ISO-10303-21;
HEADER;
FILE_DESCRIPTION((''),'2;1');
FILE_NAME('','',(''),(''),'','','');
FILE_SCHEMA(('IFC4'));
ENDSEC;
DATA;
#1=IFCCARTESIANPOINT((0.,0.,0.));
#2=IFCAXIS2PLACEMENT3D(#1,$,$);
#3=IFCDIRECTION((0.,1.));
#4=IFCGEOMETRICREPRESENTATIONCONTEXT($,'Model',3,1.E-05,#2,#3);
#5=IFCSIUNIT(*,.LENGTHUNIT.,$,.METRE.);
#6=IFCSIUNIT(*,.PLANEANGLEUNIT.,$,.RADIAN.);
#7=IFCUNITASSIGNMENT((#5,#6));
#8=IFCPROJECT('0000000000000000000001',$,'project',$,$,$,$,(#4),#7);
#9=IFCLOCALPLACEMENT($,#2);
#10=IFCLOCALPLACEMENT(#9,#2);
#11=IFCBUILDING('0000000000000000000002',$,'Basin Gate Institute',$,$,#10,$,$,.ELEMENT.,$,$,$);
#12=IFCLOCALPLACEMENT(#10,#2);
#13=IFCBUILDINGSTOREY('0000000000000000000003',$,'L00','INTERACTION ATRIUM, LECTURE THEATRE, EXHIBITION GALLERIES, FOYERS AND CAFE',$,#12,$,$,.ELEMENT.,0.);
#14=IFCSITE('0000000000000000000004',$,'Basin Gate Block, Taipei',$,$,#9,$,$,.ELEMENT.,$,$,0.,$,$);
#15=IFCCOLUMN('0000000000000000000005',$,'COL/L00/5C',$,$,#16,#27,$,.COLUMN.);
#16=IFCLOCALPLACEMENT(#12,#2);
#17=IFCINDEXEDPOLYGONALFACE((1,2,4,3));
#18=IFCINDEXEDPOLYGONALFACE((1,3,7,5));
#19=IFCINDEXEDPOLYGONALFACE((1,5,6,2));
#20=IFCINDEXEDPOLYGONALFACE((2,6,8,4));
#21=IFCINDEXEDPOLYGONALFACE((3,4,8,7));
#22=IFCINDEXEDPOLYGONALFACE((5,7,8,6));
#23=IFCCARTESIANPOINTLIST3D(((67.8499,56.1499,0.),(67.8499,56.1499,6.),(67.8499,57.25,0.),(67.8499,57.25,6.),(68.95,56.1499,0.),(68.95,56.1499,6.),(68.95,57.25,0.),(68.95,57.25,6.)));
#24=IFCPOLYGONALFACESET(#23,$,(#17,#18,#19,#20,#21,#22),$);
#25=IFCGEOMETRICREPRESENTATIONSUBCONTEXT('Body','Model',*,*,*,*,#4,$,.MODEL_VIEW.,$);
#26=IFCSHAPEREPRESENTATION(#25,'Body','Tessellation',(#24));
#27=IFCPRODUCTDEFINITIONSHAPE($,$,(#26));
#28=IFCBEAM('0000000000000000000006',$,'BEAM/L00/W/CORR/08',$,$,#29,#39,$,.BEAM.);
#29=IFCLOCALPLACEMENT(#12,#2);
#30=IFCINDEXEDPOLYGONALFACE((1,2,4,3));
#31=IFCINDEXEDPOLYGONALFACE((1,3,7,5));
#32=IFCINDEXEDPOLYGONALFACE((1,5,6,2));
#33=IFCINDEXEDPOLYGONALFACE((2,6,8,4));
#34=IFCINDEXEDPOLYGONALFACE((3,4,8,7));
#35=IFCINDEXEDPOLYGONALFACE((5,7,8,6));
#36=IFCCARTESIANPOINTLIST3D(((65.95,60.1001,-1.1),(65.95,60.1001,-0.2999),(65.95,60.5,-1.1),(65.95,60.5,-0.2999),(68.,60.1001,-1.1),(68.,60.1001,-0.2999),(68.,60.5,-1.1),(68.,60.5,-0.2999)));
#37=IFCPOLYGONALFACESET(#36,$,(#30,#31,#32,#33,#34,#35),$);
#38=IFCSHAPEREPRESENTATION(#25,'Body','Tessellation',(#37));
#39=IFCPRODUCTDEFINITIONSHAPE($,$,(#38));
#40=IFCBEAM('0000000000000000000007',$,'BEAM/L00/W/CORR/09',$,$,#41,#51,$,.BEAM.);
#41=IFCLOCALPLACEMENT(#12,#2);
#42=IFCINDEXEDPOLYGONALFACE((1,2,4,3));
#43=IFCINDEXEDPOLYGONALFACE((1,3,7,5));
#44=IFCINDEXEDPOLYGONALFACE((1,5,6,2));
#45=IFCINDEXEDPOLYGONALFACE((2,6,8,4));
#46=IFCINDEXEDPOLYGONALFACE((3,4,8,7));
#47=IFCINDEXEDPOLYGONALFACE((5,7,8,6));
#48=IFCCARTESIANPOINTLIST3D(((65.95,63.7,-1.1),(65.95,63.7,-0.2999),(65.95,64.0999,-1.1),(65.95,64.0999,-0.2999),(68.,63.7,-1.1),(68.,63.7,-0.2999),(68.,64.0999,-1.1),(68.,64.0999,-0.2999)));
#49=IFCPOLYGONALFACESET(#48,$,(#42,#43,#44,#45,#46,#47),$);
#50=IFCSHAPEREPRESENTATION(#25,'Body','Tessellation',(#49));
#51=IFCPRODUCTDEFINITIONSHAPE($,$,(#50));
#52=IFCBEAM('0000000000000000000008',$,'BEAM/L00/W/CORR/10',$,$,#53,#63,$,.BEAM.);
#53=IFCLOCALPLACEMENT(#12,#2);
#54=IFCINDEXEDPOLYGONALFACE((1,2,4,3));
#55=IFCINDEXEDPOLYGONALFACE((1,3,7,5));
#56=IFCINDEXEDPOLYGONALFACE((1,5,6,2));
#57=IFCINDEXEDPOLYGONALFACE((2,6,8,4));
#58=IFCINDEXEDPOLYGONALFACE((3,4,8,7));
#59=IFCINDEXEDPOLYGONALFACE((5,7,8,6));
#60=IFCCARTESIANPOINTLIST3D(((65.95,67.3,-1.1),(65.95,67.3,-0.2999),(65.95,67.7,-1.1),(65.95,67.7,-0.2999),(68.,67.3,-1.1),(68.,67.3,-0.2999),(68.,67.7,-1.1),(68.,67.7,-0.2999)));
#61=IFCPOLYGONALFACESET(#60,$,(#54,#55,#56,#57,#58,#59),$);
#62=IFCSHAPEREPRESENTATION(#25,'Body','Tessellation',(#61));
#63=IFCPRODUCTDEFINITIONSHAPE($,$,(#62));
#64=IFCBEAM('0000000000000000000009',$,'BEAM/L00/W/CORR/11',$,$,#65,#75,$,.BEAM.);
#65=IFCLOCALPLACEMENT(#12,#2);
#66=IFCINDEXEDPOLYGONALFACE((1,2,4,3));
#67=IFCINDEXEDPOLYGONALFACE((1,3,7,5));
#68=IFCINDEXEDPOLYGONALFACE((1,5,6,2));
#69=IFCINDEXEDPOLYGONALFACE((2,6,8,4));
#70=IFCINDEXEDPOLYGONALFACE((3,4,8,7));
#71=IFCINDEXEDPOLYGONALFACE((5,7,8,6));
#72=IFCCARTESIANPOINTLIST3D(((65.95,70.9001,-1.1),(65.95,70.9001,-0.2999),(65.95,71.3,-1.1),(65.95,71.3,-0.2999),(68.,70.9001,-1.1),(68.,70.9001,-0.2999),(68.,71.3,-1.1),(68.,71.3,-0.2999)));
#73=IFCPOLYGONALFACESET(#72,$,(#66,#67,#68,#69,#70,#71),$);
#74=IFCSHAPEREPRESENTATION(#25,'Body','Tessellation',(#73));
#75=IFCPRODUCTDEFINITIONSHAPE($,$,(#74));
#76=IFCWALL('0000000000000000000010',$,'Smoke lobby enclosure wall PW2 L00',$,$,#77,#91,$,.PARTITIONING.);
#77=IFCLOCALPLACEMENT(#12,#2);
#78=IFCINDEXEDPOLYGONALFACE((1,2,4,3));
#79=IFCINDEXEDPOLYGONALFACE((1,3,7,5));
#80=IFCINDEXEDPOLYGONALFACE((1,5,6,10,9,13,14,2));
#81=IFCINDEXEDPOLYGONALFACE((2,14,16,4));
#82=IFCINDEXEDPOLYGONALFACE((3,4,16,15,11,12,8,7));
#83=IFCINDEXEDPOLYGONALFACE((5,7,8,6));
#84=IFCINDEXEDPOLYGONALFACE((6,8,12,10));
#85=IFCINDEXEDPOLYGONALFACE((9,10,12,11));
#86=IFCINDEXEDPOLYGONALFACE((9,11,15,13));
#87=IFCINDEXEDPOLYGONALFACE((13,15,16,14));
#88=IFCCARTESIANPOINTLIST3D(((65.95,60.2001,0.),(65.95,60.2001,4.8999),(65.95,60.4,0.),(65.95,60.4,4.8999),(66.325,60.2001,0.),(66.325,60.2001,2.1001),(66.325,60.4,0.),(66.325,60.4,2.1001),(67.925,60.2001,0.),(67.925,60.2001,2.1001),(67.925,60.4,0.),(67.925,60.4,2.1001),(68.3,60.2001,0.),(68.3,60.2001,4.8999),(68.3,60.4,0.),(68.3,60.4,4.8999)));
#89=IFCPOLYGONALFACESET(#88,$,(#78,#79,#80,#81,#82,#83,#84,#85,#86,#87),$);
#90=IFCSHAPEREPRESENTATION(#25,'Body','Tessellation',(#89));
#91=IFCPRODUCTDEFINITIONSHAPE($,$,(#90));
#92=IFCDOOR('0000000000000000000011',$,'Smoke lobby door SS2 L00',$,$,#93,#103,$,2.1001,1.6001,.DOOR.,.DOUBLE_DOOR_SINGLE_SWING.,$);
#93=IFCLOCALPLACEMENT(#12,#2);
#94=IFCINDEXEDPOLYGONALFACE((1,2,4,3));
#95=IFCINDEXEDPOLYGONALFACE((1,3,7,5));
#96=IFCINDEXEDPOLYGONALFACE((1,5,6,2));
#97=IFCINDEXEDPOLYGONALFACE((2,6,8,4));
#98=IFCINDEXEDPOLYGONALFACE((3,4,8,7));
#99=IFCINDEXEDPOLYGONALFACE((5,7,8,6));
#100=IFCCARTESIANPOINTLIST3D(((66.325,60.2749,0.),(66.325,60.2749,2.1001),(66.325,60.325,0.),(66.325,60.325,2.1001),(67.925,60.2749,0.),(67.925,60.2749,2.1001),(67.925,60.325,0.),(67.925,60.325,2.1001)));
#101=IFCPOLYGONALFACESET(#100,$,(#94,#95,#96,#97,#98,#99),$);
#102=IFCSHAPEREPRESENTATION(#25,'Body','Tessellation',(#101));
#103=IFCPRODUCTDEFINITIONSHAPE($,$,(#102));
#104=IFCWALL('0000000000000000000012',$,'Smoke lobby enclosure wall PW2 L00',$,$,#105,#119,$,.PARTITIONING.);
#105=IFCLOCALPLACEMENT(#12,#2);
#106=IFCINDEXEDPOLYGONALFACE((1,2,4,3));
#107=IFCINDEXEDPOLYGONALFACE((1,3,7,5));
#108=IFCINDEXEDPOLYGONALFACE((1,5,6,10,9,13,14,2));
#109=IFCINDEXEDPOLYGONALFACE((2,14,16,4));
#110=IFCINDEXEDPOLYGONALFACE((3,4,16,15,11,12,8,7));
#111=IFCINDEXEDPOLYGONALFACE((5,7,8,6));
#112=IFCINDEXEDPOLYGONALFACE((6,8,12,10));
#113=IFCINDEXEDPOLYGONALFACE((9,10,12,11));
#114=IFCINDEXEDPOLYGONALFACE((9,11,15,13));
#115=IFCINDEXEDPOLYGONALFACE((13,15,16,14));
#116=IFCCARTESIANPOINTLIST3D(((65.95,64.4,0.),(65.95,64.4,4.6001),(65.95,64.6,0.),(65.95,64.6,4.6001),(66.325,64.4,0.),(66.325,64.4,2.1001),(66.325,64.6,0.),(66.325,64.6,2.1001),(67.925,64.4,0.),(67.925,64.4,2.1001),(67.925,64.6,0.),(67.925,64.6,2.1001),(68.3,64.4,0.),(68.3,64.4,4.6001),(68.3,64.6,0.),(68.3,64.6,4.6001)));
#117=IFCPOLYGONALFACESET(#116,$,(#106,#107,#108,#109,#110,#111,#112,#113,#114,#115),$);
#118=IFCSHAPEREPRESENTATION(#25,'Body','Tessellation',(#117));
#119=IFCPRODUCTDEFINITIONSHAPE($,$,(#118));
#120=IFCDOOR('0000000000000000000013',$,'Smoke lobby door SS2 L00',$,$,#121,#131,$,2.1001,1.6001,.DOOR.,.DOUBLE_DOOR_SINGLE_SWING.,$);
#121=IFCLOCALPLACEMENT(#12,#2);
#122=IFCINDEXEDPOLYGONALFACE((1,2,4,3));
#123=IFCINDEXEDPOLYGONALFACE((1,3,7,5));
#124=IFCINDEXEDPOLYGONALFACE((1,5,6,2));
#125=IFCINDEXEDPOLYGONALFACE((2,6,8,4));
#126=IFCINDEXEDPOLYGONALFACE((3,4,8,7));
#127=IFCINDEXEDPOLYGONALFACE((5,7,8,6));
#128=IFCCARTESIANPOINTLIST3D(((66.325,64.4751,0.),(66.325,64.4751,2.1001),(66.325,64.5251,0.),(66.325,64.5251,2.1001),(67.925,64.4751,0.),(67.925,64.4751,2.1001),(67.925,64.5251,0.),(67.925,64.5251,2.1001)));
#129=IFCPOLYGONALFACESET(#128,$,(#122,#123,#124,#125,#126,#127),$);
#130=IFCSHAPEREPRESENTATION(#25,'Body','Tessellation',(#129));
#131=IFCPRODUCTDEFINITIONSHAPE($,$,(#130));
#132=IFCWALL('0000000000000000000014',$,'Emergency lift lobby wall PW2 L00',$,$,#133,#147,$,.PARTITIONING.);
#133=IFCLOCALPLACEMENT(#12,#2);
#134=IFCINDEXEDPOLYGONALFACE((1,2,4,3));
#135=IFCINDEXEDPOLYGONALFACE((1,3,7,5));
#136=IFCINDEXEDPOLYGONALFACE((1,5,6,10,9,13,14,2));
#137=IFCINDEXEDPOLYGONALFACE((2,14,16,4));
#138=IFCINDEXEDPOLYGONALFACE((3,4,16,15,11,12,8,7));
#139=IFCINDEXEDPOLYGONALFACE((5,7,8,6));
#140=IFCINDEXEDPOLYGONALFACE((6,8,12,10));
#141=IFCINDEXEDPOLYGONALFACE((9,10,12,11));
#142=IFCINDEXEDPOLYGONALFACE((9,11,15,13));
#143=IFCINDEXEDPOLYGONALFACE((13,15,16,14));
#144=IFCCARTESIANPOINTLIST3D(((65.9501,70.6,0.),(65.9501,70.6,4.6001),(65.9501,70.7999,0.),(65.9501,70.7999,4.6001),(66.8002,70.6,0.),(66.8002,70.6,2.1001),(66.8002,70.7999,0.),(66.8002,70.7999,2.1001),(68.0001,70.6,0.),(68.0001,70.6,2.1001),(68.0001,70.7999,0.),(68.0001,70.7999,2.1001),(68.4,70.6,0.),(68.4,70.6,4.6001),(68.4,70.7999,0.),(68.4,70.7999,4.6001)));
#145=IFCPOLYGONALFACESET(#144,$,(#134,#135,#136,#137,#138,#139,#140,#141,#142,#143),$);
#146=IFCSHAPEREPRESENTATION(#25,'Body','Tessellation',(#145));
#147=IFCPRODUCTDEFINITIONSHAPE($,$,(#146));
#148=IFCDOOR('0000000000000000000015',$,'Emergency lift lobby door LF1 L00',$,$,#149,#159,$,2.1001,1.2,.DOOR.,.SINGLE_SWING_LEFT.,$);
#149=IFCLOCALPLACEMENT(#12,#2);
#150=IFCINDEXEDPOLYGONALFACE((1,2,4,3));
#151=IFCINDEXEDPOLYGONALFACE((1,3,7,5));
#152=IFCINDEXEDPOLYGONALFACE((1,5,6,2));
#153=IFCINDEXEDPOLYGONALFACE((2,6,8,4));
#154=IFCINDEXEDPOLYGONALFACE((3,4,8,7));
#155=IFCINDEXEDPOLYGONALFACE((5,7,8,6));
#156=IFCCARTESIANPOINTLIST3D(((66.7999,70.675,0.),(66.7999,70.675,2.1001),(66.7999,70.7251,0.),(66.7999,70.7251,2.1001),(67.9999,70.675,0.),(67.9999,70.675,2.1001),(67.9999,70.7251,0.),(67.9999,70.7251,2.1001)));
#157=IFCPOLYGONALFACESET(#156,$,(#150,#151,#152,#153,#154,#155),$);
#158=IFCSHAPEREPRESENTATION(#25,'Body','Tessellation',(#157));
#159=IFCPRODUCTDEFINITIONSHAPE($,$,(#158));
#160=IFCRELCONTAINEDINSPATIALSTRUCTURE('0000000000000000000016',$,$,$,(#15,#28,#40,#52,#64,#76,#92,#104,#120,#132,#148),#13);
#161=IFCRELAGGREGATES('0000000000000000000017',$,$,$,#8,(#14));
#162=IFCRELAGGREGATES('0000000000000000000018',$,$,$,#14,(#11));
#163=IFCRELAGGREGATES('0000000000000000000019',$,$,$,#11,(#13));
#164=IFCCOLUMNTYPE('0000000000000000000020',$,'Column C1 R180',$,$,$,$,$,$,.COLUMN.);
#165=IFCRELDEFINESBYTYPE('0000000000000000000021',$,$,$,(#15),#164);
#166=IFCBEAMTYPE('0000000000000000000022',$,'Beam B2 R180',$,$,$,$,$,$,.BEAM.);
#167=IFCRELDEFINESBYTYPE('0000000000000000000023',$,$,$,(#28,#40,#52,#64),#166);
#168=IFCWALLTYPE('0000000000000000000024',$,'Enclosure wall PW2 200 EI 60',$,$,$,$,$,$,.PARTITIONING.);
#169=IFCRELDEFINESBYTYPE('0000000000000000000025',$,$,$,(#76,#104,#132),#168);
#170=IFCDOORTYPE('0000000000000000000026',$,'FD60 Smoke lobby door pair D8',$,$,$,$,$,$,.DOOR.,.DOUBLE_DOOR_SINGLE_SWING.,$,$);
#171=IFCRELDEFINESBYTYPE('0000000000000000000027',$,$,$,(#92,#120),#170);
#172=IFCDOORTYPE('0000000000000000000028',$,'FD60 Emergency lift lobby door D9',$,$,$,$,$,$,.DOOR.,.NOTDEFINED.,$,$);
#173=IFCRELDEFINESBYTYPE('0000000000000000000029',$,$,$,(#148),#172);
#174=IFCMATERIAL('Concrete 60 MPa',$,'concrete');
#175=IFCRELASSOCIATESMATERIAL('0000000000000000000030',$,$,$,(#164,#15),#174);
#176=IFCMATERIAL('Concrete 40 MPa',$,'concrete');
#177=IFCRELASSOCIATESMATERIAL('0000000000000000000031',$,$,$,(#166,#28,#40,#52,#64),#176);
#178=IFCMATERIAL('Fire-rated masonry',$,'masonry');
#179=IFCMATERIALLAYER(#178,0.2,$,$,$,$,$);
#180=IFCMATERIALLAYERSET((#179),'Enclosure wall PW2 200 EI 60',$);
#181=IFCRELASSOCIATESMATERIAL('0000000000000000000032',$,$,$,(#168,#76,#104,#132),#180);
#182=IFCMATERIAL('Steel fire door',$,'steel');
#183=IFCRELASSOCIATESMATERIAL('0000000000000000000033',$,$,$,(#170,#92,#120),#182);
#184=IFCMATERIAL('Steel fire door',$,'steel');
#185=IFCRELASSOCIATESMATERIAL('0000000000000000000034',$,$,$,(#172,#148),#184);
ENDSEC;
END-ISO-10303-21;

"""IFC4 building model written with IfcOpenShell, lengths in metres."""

from ifc_helpers import new_model, si_unit, direction, frame, frame_2d, origin, origin_2d, place, context, subcontext, project, spatial, rectangle, extrude, material, layer, layer_set, material_profile, profile_set, type_object, element, fill, save


model = new_model("IFC4")

# Units and contexts
model_context = context("Model", 3, precision=1e-05, world=origin(), true_north=direction((0.0, 1.0)))
body_context = subcontext(model_context, "Body", "Model", "MODEL_VIEW")
ifc_project = project(units=[si_unit("LENGTHUNIT", "METRE"), si_unit("PLANEANGLEUNIT", "RADIAN")], contexts=[model_context])

# Site, building, storey
site_placement = place(None, origin())
site = spatial("IfcSite", under=ifc_project, at=site_placement, Name="Basin Gate Block, Taipei", CompositionType="ELEMENT", RefElevation=0.0)
building_placement = place(site_placement, origin())
building = spatial("IfcBuilding", under=site, at=building_placement, Name="Basin Gate Institute", CompositionType="ELEMENT")
storey_placement = place(building_placement, origin())
storey = spatial("IfcBuildingStorey", under=building, at=storey_placement, Name="L00", Description="INTERACTION ATRIUM, LECTURE THEATRE, EXHIBITION GALLERIES, FOYERS AND CAFE", CompositionType="ELEMENT", Elevation=0.0)

# Column
ifc_material_1 = material(Name="Concrete 60 MPa", Category="concrete")
ifc_material_profile_1 = material_profile(ifc_material_1, rectangle(XDim=1.1001, YDim=1.1001, at=origin_2d()), Name="Column C1 1100 x 1100")
ifc_profile_set_1 = profile_set([ifc_material_profile_1], Name="Concrete 60 MPa")
column_type = type_object("IfcColumnType", Name="Column C1 R180", PredefinedType="COLUMN", material=ifc_profile_set_1)
column_placement = place(storey_placement, frame((68.3999, 56.7, 0.0), z_axis=(0.0, 0.0, 1.0), x_axis=(1.0, 0.0, 0.0)))
element("IfcColumn", 1, at=column_placement, inside=storey, type_object=column_type, material=ifc_profile_set_1, Name="COL/L00/5C", PredefinedType="COLUMN", context=body_context, shape_type="SweptSolid", body=[
    extrude(rectangle(XDim=1.1001, YDim=1.1001, at=origin_2d()), origin(), (0.0, 0.0, 1.0), 6.0),
])

# Beams
ifc_material_2 = material(Name="Concrete 40 MPa", Category="concrete")
ifc_material_profile_2 = material_profile(ifc_material_2, rectangle(XDim=0.3999, YDim=0.8, at=origin_2d()), Name="Beam B2 400 x 800")
ifc_profile_set_2 = profile_set([ifc_material_profile_2], Name="Concrete 40 MPa")
beam_type = type_object("IfcBeamType", Name="Beam B2 R180", PredefinedType="BEAM", material=ifc_profile_set_2)
for number, where, z_axis, x_axis, name in (
    (2, (65.95, 60.3, -0.7), (1.0, 0.0, 0.0), (0.0, 1.0, 0.0), "BEAM/L00/W/CORR/08"),
    (3, (65.95, 63.8999, -0.7), (1.0, 0.0, 0.0), (0.0, 1.0, 0.0), "BEAM/L00/W/CORR/09"),
    (4, (65.95, 67.5, -0.7), (1.0, 0.0, 0.0), (0.0, 1.0, 0.0), "BEAM/L00/W/CORR/10"),
    (5, (65.95, 71.1001, -0.7), (1.0, 0.0, 0.0), (0.0, 1.0, 0.0), "BEAM/L00/W/CORR/11"),
):
    element("IfcBeam", number, at=place(storey_placement, frame(where, z_axis=z_axis, x_axis=x_axis)), inside=storey, type_object=beam_type, material=ifc_profile_set_2, Name=name, PredefinedType="BEAM", context=body_context, shape_type="SweptSolid", body=[
        extrude(rectangle(XDim=0.3999, YDim=0.8, at=origin_2d()), origin(), (0.0, 0.0, 1.0), 2.05),
    ])

# Walls, openings, doors
ifc_material_3 = material(Name="Fire-rated masonry", Category="masonry")
ifc_layer_1 = layer(ifc_material_3, 0.2)
ifc_layer_set_1 = layer_set([ifc_layer_1], Name="Enclosure wall PW2 200 EI 60")
wall_type_1 = type_object("IfcWallType", Name="Enclosure wall PW2 200 EI 60", PredefinedType="PARTITIONING", material=ifc_layer_set_1)
wall_1_placement = place(storey_placement, frame((65.95, 60.3, 0.0), z_axis=(0.0, 0.0, 1.0), x_axis=(1.0, 0.0, 0.0)))
wall_1 = element("IfcWall", 6, at=wall_1_placement, inside=storey, type_object=wall_type_1, material=ifc_layer_set_1, Name="Smoke lobby enclosure wall PW2 L00", PredefinedType="PARTITIONING", context=body_context, shape_type="SweptSolid", body=[
    extrude(rectangle(XDim=2.3501, YDim=0.2, at=frame_2d((1.175, 0.0))), origin(), (0.0, 0.0, 1.0), 4.8999),
])
opening_1_placement = place(wall_1_placement, frame((0.375, 0.0, 0.0)))
opening_1 = element("IfcOpeningElement", 7, at=opening_1_placement, cuts=wall_1, PredefinedType="OPENING", context=body_context, shape_type="SweptSolid", body=[
    extrude(rectangle(XDim=1.6001, YDim=2.1001, at=frame_2d((0.8, 1.05))), frame((0.0, 0.1099, 0.0), z_axis=(0.0, -1.0, 0.0), x_axis=(1.0, 0.0, 0.0)), (0.0, 0.0, 1.0), 0.22),
])
ifc_material_4 = material(Name="Steel fire door", Category="steel")
door_type_1 = type_object("IfcDoorType", Name="FD60 Smoke lobby door pair D8", OperationType="DOUBLE_DOOR_SINGLE_SWING", PredefinedType="DOOR", material=ifc_material_4)
door_1_placement = place(opening_1_placement, origin())
door_1 = element("IfcDoor", 8, at=door_1_placement, inside=storey, type_object=door_type_1, material=ifc_material_4, Name="Smoke lobby door SS2 L00", OperationType="DOUBLE_DOOR_SINGLE_SWING", OverallHeight=2.1001, OverallWidth=1.6001, PredefinedType="DOOR", context=body_context, shape_type="SweptSolid", body=[
    extrude(rectangle(XDim=1.6001, YDim=2.1001, at=frame_2d((0.8, 1.05))), frame((0.0, 0.0249, 0.0), z_axis=(0.0, -1.0, 0.0), x_axis=(1.0, 0.0, 0.0)), (0.0, 0.0, 1.0), 0.05),
])
fill(opening_1, door_1)
wall_2_placement = place(storey_placement, frame((65.95, 64.5, 0.0), z_axis=(0.0, 0.0, 1.0), x_axis=(1.0, 0.0, 0.0)))
wall_2 = element("IfcWall", 9, at=wall_2_placement, inside=storey, type_object=wall_type_1, material=ifc_layer_set_1, Name="Smoke lobby enclosure wall PW2 L00", PredefinedType="PARTITIONING", context=body_context, shape_type="SweptSolid", body=[
    extrude(rectangle(XDim=2.3501, YDim=0.2, at=frame_2d((1.175, 0.0))), origin(), (0.0, 0.0, 1.0), 4.6001),
])
opening_2_placement = place(wall_2_placement, frame((0.375, 0.0, 0.0)))
opening_2 = element("IfcOpeningElement", 10, at=opening_2_placement, cuts=wall_2, PredefinedType="OPENING", context=body_context, shape_type="SweptSolid", body=[
    extrude(rectangle(XDim=1.6001, YDim=2.1001, at=frame_2d((0.8, 1.05))), frame((0.0, 0.1099, 0.0), z_axis=(0.0, -1.0, 0.0), x_axis=(1.0, 0.0, 0.0)), (0.0, 0.0, 1.0), 0.22),
])
door_2_placement = place(opening_2_placement, frame((1.6001, 0.0, 0.0), z_axis=(0.0, 0.0, 1.0), x_axis=(-1.0, 0.0, 0.0)))
door_2 = element("IfcDoor", 11, at=door_2_placement, inside=storey, type_object=door_type_1, material=ifc_material_4, Name="Smoke lobby door SS2 L00", OperationType="DOUBLE_DOOR_SINGLE_SWING", OverallHeight=2.1001, OverallWidth=1.6001, PredefinedType="DOOR", context=body_context, shape_type="SweptSolid", body=[
    extrude(rectangle(XDim=1.6001, YDim=2.1001, at=frame_2d((0.8, 1.05))), frame((0.0, 0.0249, 0.0), z_axis=(0.0, -1.0, 0.0), x_axis=(1.0, 0.0, 0.0)), (0.0, 0.0, 1.0), 0.05),
])
fill(opening_2, door_2)
wall_3_placement = place(storey_placement, frame((65.95, 70.7, 0.0), z_axis=(0.0, 0.0, 1.0), x_axis=(1.0, 0.0, 0.0)))
wall_3 = element("IfcWall", 12, at=wall_3_placement, inside=storey, type_object=wall_type_1, material=ifc_layer_set_1, Name="Emergency lift lobby wall PW2 L00", PredefinedType="PARTITIONING", context=body_context, shape_type="SweptSolid", body=[
    extrude(rectangle(XDim=2.45, YDim=0.2, at=frame_2d((1.2251, 0.0))), origin(), (0.0, 0.0, 1.0), 4.6001),
])
opening_3_placement = place(wall_3_placement, frame((0.8501, 0.0, 0.0)))
opening_3 = element("IfcOpeningElement", 13, at=opening_3_placement, cuts=wall_3, PredefinedType="OPENING", context=body_context, shape_type="SweptSolid", body=[
    extrude(rectangle(XDim=1.2, YDim=2.1001, at=frame_2d((0.6001, 1.05))), frame((0.0, 0.1099, 0.0), z_axis=(0.0, -1.0, 0.0), x_axis=(1.0, 0.0, 0.0)), (0.0, 0.0, 1.0), 0.22),
])
ifc_material_5 = material(Name="Steel fire door", Category="steel")
door_type_2 = type_object("IfcDoorType", Name="FD60 Emergency lift lobby door D9", OperationType="NOTDEFINED", PredefinedType="DOOR", material=ifc_material_5)
door_3_placement = place(opening_3_placement, frame((1.2, 0.0, 0.0), z_axis=(0.0, 0.0, 1.0), x_axis=(-1.0, 0.0, 0.0)))
door_3 = element("IfcDoor", 14, at=door_3_placement, inside=storey, type_object=door_type_2, material=ifc_material_5, Name="Emergency lift lobby door LF1 L00", OperationType="SINGLE_SWING_LEFT", OverallHeight=2.1001, OverallWidth=1.2, PredefinedType="DOOR", context=body_context, shape_type="SweptSolid", body=[
    extrude(rectangle(XDim=1.2, YDim=2.1001, at=frame_2d((0.6001, 1.05))), frame((0.0, 0.0249, 0.0), z_axis=(0.0, -1.0, 0.0), x_axis=(1.0, 0.0, 0.0)), (0.0, 0.0, 1.0), 0.05),
])
fill(opening_3, door_3)

save(model, "model.ifc")
